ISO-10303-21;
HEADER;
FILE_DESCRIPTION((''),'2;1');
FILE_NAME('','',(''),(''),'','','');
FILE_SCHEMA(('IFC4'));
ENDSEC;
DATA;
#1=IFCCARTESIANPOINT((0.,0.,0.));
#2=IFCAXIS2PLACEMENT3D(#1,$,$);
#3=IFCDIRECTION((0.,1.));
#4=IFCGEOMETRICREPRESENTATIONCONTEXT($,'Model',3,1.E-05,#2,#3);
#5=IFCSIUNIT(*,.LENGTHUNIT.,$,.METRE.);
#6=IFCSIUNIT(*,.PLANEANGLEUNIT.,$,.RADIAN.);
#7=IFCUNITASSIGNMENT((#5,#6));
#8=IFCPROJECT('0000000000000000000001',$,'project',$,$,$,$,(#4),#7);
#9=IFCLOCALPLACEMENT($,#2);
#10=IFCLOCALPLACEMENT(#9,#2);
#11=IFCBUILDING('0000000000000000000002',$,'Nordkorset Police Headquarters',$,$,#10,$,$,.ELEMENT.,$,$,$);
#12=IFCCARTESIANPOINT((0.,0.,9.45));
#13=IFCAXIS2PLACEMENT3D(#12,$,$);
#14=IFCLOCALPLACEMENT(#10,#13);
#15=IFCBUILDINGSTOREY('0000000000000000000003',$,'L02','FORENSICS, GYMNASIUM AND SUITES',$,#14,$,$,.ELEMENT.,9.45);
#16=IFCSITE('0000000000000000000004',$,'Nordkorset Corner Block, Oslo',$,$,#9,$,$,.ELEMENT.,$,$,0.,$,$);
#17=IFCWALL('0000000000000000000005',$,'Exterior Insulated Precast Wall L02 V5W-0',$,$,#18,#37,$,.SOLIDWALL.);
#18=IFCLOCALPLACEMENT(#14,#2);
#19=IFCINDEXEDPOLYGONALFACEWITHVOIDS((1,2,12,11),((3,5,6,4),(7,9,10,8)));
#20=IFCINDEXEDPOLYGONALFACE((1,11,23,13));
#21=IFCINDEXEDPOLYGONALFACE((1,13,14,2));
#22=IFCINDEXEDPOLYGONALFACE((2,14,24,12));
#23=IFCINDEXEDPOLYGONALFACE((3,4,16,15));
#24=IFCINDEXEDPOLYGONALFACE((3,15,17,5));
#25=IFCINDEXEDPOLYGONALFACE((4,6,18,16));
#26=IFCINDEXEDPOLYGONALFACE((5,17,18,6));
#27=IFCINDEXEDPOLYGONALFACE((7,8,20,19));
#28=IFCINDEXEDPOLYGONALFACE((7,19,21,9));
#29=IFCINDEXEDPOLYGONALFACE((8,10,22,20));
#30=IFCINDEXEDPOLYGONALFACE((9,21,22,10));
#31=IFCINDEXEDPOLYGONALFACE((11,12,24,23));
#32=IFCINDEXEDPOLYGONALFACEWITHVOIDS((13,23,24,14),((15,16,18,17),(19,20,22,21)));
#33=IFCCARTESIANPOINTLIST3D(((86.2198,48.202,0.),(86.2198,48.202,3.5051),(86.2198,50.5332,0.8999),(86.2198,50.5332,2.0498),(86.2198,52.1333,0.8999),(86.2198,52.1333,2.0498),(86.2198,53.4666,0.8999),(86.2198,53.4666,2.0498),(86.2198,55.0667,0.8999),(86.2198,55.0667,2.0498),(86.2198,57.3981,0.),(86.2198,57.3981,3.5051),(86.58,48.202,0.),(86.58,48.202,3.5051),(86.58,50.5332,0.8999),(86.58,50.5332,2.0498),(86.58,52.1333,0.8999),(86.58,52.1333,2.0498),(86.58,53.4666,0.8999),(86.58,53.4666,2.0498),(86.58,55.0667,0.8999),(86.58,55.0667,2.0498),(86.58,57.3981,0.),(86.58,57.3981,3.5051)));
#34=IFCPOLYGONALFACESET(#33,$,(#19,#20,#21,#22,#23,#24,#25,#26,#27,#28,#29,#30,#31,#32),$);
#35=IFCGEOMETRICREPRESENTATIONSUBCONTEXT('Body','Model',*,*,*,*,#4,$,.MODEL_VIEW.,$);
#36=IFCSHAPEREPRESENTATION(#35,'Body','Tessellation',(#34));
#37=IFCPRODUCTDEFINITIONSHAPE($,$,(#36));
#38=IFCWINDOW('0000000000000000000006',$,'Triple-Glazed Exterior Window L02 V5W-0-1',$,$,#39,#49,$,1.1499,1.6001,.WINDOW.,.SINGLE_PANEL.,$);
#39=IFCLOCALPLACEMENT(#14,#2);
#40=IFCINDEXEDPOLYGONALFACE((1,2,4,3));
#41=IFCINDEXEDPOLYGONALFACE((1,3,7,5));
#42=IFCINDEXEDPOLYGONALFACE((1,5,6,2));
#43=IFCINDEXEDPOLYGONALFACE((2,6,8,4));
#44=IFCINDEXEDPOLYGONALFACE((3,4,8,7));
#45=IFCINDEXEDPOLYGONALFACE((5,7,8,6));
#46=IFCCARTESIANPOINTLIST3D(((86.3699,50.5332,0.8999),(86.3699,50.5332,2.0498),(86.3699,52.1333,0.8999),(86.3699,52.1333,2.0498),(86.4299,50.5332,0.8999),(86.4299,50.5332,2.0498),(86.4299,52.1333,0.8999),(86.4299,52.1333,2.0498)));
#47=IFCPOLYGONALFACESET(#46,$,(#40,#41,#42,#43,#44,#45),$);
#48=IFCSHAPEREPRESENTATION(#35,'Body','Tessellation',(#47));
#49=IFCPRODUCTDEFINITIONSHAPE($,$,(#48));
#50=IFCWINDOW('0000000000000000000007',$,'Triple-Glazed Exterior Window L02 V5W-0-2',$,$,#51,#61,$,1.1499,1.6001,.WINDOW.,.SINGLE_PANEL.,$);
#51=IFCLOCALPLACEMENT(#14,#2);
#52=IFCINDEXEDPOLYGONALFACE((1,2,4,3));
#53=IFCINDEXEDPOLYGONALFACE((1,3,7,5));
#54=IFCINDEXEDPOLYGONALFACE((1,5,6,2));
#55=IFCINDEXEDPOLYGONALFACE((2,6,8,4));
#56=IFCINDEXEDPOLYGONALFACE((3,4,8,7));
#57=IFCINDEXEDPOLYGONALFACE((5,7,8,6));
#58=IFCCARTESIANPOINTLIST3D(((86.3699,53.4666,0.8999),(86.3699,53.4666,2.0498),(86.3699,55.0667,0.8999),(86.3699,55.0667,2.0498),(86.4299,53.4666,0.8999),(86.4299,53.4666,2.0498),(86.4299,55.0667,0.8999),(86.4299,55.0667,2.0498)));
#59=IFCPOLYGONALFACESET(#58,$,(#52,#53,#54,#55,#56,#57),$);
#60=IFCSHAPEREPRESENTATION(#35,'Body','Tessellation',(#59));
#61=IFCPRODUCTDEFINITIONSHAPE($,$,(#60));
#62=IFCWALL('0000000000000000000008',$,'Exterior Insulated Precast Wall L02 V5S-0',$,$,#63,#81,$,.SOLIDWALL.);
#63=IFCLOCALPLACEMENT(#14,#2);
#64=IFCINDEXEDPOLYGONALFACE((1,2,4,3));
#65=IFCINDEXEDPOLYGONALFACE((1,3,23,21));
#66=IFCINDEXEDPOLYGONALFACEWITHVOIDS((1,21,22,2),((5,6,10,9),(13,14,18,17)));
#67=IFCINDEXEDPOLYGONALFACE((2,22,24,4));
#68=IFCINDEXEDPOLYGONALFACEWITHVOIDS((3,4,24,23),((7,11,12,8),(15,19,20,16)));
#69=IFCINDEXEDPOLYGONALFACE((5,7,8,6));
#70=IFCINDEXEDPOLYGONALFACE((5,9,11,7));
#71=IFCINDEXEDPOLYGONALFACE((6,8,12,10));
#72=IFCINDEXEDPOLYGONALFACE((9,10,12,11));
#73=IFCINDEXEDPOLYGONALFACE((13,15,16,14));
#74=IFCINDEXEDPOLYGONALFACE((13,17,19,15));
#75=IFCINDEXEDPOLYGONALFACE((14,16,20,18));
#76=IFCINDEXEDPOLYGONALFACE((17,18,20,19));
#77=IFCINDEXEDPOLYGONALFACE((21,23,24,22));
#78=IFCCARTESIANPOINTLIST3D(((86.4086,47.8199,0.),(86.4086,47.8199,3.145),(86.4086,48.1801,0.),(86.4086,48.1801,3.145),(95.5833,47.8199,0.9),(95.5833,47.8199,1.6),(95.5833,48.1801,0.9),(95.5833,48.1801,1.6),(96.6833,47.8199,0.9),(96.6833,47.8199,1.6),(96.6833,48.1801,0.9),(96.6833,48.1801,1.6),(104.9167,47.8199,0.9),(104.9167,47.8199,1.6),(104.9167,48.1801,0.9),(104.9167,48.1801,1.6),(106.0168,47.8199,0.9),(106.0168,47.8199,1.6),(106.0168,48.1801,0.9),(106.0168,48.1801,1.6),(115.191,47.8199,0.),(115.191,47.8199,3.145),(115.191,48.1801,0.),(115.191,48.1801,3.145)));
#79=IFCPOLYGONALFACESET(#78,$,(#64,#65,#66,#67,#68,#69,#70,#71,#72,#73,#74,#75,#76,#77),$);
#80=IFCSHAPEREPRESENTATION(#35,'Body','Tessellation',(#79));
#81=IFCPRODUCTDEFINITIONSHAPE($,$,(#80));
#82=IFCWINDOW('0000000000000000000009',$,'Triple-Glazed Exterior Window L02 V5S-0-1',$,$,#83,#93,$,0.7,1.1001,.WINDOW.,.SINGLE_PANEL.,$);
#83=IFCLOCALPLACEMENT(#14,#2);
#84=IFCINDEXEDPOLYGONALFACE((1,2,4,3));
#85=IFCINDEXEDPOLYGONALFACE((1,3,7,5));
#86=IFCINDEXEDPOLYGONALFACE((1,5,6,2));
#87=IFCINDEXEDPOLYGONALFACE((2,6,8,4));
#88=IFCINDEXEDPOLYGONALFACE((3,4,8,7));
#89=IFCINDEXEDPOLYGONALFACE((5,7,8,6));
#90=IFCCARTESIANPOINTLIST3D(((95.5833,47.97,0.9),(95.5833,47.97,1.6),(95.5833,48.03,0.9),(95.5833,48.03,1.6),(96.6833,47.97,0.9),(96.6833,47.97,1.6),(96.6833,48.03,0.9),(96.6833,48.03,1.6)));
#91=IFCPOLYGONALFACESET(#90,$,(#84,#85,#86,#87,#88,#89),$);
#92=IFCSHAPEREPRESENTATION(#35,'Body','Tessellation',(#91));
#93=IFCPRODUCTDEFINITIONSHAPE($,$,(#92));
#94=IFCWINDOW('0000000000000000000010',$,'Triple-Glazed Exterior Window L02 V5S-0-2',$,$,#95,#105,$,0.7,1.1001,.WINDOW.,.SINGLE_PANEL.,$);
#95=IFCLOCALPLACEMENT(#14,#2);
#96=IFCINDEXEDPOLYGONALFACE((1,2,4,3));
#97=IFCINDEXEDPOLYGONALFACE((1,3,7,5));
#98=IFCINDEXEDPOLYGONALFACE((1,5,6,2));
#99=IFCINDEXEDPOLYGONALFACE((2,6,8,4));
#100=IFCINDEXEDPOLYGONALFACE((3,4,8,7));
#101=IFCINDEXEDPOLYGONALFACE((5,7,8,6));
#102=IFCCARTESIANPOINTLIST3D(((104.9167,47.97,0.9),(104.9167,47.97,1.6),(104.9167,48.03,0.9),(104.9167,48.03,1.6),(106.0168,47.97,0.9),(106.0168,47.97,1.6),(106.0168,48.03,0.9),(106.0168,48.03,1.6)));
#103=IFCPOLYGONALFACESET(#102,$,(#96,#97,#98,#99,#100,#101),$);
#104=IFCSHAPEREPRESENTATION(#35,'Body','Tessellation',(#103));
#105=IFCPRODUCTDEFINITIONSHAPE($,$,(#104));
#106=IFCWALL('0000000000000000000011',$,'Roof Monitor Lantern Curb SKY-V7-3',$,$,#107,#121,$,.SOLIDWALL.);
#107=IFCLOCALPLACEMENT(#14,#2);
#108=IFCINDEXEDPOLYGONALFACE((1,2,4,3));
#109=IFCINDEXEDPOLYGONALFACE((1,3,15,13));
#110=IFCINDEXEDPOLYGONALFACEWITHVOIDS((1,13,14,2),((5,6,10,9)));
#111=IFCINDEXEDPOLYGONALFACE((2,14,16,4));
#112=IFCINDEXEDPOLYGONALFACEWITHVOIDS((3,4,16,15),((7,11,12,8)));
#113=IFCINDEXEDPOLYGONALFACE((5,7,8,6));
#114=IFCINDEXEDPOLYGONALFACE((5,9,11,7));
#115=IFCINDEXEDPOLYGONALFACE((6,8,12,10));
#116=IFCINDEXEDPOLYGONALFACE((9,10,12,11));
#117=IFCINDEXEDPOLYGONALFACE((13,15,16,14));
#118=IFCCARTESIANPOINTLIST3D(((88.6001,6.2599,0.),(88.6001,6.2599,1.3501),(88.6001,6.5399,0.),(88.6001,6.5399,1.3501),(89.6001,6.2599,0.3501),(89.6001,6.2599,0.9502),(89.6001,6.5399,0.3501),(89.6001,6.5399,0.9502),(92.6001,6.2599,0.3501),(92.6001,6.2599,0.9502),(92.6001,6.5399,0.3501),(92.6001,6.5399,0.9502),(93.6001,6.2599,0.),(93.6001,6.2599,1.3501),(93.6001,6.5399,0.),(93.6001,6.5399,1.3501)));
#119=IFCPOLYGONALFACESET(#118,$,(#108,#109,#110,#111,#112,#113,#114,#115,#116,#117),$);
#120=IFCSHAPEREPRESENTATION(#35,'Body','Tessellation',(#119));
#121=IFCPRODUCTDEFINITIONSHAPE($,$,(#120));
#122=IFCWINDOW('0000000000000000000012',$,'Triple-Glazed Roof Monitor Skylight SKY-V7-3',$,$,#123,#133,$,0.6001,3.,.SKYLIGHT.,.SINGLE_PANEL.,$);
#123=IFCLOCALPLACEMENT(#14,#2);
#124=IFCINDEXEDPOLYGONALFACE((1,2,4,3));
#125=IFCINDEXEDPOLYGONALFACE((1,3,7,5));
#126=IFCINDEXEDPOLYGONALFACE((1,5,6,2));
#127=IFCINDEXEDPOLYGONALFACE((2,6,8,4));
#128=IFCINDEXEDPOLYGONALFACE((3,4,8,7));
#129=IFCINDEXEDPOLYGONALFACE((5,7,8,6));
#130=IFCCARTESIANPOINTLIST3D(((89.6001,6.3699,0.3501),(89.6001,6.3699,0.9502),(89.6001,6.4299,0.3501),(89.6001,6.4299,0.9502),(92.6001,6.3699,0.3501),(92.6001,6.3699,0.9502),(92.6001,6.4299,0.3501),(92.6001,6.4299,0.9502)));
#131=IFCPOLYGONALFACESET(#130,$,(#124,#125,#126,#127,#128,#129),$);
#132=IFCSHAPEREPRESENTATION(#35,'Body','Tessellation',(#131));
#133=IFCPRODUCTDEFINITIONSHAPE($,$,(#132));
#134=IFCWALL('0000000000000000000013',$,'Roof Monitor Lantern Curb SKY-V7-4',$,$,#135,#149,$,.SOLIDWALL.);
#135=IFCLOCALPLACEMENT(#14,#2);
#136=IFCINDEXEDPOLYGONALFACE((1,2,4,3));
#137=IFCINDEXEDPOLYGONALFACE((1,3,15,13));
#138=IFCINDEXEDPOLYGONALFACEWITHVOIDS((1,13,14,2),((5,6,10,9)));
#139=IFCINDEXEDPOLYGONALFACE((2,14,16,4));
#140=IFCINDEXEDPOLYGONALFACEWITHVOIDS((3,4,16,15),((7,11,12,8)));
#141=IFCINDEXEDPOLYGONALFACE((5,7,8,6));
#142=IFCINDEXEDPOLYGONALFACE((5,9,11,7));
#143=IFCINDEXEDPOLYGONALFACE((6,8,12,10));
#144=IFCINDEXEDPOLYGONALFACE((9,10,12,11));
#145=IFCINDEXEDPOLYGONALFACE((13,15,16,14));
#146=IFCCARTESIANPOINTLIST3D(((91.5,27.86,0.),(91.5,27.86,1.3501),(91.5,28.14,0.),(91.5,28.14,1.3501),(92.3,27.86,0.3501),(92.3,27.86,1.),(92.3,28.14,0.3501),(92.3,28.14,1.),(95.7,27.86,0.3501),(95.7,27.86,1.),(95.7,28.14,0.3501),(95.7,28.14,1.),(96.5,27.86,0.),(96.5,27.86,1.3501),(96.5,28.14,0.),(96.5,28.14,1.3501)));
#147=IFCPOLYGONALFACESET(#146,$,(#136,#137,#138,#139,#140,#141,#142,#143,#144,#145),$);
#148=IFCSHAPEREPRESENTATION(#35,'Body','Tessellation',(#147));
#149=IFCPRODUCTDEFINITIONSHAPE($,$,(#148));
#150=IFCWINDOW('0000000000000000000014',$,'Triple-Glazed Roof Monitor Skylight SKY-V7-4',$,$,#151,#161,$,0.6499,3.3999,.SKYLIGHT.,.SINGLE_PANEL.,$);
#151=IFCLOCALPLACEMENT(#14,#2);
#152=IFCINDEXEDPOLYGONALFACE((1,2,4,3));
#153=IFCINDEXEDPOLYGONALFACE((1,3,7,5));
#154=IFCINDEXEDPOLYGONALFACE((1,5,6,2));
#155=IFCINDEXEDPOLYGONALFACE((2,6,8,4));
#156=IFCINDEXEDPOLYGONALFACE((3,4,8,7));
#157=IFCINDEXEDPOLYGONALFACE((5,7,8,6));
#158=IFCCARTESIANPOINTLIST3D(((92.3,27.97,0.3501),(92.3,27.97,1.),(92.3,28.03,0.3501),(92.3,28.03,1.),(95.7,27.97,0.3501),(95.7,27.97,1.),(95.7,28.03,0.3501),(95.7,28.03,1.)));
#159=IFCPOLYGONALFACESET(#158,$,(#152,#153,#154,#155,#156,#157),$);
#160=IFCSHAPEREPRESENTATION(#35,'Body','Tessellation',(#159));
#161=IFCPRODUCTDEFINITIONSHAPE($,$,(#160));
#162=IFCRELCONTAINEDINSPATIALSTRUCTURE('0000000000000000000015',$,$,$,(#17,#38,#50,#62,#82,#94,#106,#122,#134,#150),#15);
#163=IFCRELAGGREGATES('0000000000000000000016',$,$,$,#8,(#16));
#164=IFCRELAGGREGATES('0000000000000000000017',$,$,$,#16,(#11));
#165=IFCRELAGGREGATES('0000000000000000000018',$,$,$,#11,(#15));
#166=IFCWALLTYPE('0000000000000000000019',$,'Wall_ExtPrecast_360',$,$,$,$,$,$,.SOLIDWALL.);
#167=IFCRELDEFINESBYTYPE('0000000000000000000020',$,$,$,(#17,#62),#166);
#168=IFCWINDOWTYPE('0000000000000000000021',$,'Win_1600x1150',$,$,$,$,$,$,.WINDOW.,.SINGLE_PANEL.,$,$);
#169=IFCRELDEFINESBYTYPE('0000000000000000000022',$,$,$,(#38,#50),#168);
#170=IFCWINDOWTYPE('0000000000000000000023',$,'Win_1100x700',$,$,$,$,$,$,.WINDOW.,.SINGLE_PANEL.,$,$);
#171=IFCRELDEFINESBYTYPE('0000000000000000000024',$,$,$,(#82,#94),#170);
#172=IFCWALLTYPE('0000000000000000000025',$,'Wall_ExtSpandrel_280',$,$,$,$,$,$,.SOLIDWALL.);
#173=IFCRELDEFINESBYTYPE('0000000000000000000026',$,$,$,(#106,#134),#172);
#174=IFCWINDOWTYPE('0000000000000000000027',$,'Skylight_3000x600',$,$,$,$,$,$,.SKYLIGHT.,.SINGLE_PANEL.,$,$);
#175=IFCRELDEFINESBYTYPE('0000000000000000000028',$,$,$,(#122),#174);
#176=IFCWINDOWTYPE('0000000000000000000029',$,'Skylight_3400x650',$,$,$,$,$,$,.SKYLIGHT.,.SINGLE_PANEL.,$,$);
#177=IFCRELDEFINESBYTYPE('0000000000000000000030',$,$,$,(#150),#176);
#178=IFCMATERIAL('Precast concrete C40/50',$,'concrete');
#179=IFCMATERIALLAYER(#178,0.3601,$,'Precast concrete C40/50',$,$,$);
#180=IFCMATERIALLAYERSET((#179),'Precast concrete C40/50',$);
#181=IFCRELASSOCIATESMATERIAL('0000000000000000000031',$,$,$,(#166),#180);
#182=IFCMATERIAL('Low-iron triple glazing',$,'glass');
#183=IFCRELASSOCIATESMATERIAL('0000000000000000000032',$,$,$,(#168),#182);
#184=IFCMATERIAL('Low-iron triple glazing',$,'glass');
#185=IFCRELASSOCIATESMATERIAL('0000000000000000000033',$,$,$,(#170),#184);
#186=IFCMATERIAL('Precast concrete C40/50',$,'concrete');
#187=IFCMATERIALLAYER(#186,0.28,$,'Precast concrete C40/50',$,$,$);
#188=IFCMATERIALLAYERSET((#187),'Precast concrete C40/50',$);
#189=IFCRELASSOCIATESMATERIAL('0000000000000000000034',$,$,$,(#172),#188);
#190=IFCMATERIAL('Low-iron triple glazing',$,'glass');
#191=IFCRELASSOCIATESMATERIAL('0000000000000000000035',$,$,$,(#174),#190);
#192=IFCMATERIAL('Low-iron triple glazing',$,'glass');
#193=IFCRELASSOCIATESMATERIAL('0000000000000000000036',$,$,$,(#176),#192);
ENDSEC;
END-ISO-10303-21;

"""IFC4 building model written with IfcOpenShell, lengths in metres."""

from ifc_helpers import new_model, si_unit, direction, frame, frame_2d, origin, place, context, subcontext, project, spatial, rectangle, extrude, material, layer, layer_set, type_object, element, fill, save


model = new_model("IFC4")

# Units and contexts
model_context = context("Model", 3, precision=1e-05, world=origin(), true_north=direction((0.0, 1.0)))
body_context = subcontext(model_context, "Body", "Model", "MODEL_VIEW")
ifc_project = project(units=[si_unit("LENGTHUNIT", "METRE"), si_unit("PLANEANGLEUNIT", "RADIAN")], contexts=[model_context])

# Site, building, storey
site_placement = place(None, origin())
site = spatial("IfcSite", under=ifc_project, at=site_placement, Name="Nordkorset Corner Block, Oslo", CompositionType="ELEMENT", RefElevation=0.0)
building_placement = place(site_placement, origin())
building = spatial("IfcBuilding", under=site, at=building_placement, Name="Nordkorset Police Headquarters", CompositionType="ELEMENT")
storey_placement = place(building_placement, frame((0.0, 0.0, 9.45)))
storey = spatial("IfcBuildingStorey", under=building, at=storey_placement, Name="L02", Description="FORENSICS, GYMNASIUM AND SUITES", CompositionType="ELEMENT", Elevation=9.45)

# Walls, openings, windows
ifc_material_1 = material(Name="Precast concrete C40/50", Category="concrete")
ifc_layer_1 = layer(ifc_material_1, 0.3601, Name="Precast concrete C40/50")
ifc_layer_set_1 = layer_set([ifc_layer_1], Name="Precast concrete C40/50")
wall_type_1 = type_object("IfcWallType", Name="Wall_ExtPrecast_360", PredefinedType="SOLIDWALL", material=ifc_layer_set_1)
wall_1_placement = place(storey_placement, frame((86.3999, 48.2019, 0.0), z_axis=(0.0, 0.0, 1.0), x_axis=(0.0, 1.0, 0.0)))
wall_1 = element("IfcWall", 1, at=wall_1_placement, inside=storey, type_object=wall_type_1, Name="Exterior Insulated Precast Wall L02 V5W-0", PredefinedType="SOLIDWALL", context=body_context, shape_type="SweptSolid", body=[
    extrude(rectangle(XDim=9.196, YDim=0.3601, at=frame_2d((4.5981, 0.0))), origin(), (0.0, 0.0, 1.0), 3.5051),
])
opening_1_placement = place(wall_1_placement, frame((2.3313, 0.0, 0.8999)))
opening_1 = element("IfcOpeningElement", 2, at=opening_1_placement, cuts=wall_1, PredefinedType="OPENING", context=body_context, shape_type="SweptSolid", body=[
    extrude(rectangle(XDim=1.6001, YDim=1.1499, at=frame_2d((0.8, 0.575))), frame((0.0, 0.1899, 0.0), z_axis=(0.0, -1.0, 0.0), x_axis=(1.0, 0.0, 0.0)), (0.0, 0.0, 1.0), 0.3801),
])
opening_2_placement = place(wall_1_placement, frame((5.2646, 0.0, 0.8999)))
opening_2 = element("IfcOpeningElement", 3, at=opening_2_placement, cuts=wall_1, PredefinedType="OPENING", context=body_context, shape_type="SweptSolid", body=[
    extrude(rectangle(XDim=1.6001, YDim=1.1499, at=frame_2d((0.8, 0.575))), frame((0.0, 0.1899, 0.0), z_axis=(0.0, -1.0, 0.0), x_axis=(1.0, 0.0, 0.0)), (0.0, 0.0, 1.0), 0.3801),
])
ifc_material_2 = material(Name="Low-iron triple glazing", Category="glass")
window_type_1 = type_object("IfcWindowType", Name="Win_1600x1150", PartitioningType="SINGLE_PANEL", PredefinedType="WINDOW", material=ifc_material_2)
window_1_placement = place(opening_1_placement, origin())
window_1 = element("IfcWindow", 4, at=window_1_placement, inside=storey, type_object=window_type_1, Name="Triple-Glazed Exterior Window L02 V5W-0-1", OverallHeight=1.1499, OverallWidth=1.6001, PartitioningType="SINGLE_PANEL", PredefinedType="WINDOW", context=body_context, shape_type="SweptSolid", body=[
    extrude(rectangle(XDim=1.6001, YDim=1.1499, at=frame_2d((0.8, 0.575))), frame((0.0, 0.03, 0.0), z_axis=(0.0, -1.0, 0.0), x_axis=(1.0, 0.0, 0.0)), (0.0, 0.0, 1.0), 0.0601),
])
fill(opening_1, window_1)
window_2_placement = place(opening_2_placement, origin())
window_2 = element("IfcWindow", 5, at=window_2_placement, inside=storey, type_object=window_type_1, Name="Triple-Glazed Exterior Window L02 V5W-0-2", OverallHeight=1.1499, OverallWidth=1.6001, PartitioningType="SINGLE_PANEL", PredefinedType="WINDOW", context=body_context, shape_type="SweptSolid", body=[
    extrude(rectangle(XDim=1.6001, YDim=1.1499, at=frame_2d((0.8, 0.575))), frame((0.0, 0.03, 0.0), z_axis=(0.0, -1.0, 0.0), x_axis=(1.0, 0.0, 0.0)), (0.0, 0.0, 1.0), 0.0601),
])
fill(opening_2, window_2)
wall_2_placement = place(storey_placement, frame((86.4087, 48.0, 0.0), z_axis=(0.0, 0.0, 1.0), x_axis=(1.0, 0.0, 0.0)))
wall_2 = element("IfcWall", 6, at=wall_2_placement, inside=storey, type_object=wall_type_1, Name="Exterior Insulated Precast Wall L02 V5S-0", PredefinedType="SOLIDWALL", context=body_context, shape_type="SweptSolid", body=[
    extrude(rectangle(XDim=28.7825, YDim=0.3601, at=frame_2d((14.3911, 0.0))), origin(), (0.0, 0.0, 1.0), 3.145),
])
opening_3_placement = place(wall_2_placement, frame((9.1746, 0.0, 0.8999)))
opening_3 = element("IfcOpeningElement", 7, at=opening_3_placement, cuts=wall_2, PredefinedType="OPENING", context=body_context, shape_type="SweptSolid", body=[
    extrude(rectangle(XDim=1.1001, YDim=0.7, at=frame_2d((0.55, 0.3501))), frame((0.0, 0.1899, 0.0), z_axis=(0.0, -1.0, 0.0), x_axis=(1.0, 0.0, 0.0)), (0.0, 0.0, 1.0), 0.3801),
])
opening_4_placement = place(wall_2_placement, frame((18.5081, 0.0, 0.8999)))
opening_4 = element("IfcOpeningElement", 8, at=opening_4_placement, cuts=wall_2, PredefinedType="OPENING", context=body_context, shape_type="SweptSolid", body=[
    extrude(rectangle(XDim=1.1001, YDim=0.7, at=frame_2d((0.55, 0.3501))), frame((0.0, 0.1899, 0.0), z_axis=(0.0, -1.0, 0.0), x_axis=(1.0, 0.0, 0.0)), (0.0, 0.0, 1.0), 0.3801),
])
ifc_material_3 = material(Name="Low-iron triple glazing", Category="glass")
window_type_2 = type_object("IfcWindowType", Name="Win_1100x700", PartitioningType="SINGLE_PANEL", PredefinedType="WINDOW", material=ifc_material_3)
window_3_placement = place(opening_3_placement, origin())
window_3 = element("IfcWindow", 9, at=window_3_placement, inside=storey, type_object=window_type_2, Name="Triple-Glazed Exterior Window L02 V5S-0-1", OverallHeight=0.7, OverallWidth=1.1001, PartitioningType="SINGLE_PANEL", PredefinedType="WINDOW", context=body_context, shape_type="SweptSolid", body=[
    extrude(rectangle(XDim=1.1001, YDim=0.7, at=frame_2d((0.55, 0.3501))), frame((0.0, 0.03, 0.0), z_axis=(0.0, -1.0, 0.0), x_axis=(1.0, 0.0, 0.0)), (0.0, 0.0, 1.0), 0.0601),
])
fill(opening_3, window_3)
window_4_placement = place(opening_4_placement, origin())
window_4 = element("IfcWindow", 10, at=window_4_placement, inside=storey, type_object=window_type_2, Name="Triple-Glazed Exterior Window L02 V5S-0-2", OverallHeight=0.7, OverallWidth=1.1001, PartitioningType="SINGLE_PANEL", PredefinedType="WINDOW", context=body_context, shape_type="SweptSolid", body=[
    extrude(rectangle(XDim=1.1001, YDim=0.7, at=frame_2d((0.55, 0.3501))), frame((0.0, 0.03, 0.0), z_axis=(0.0, -1.0, 0.0), x_axis=(1.0, 0.0, 0.0)), (0.0, 0.0, 1.0), 0.0601),
])
fill(opening_4, window_4)

# Walls, openings, windows
ifc_material_4 = material(Name="Precast concrete C40/50", Category="concrete")
ifc_layer_2 = layer(ifc_material_4, 0.28, Name="Precast concrete C40/50")
ifc_layer_set_2 = layer_set([ifc_layer_2], Name="Precast concrete C40/50")
wall_type_2 = type_object("IfcWallType", Name="Wall_ExtSpandrel_280", PredefinedType="SOLIDWALL", material=ifc_layer_set_2)
wall_3_placement = place(storey_placement, frame((88.6001, 6.3999, 0.0), z_axis=(0.0, 0.0, 1.0), x_axis=(1.0, 0.0, 0.0)))
wall_3 = element("IfcWall", 11, at=wall_3_placement, inside=storey, type_object=wall_type_2, Name="Roof Monitor Lantern Curb SKY-V7-3", PredefinedType="SOLIDWALL", context=body_context, shape_type="SweptSolid", body=[
    extrude(rectangle(XDim=5.0, YDim=0.28, at=frame_2d((2.5, 0.0))), origin(), (0.0, 0.0, 1.0), 1.3501),
])
opening_5_placement = place(wall_3_placement, frame((1.0, 0.0, 0.3501)))
opening_5 = element("IfcOpeningElement", 12, at=opening_5_placement, cuts=wall_3, PredefinedType="OPENING", context=body_context, shape_type="SweptSolid", body=[
    extrude(rectangle(XDim=3.0, YDim=0.6001, at=frame_2d((1.5, 0.3))), frame((0.0, 0.1499, 0.0), z_axis=(0.0, -1.0, 0.0), x_axis=(1.0, 0.0, 0.0)), (0.0, 0.0, 1.0), 0.3),
])
ifc_material_5 = material(Name="Low-iron triple glazing", Category="glass")
window_type_3 = type_object("IfcWindowType", Name="Skylight_3000x600", PartitioningType="SINGLE_PANEL", PredefinedType="SKYLIGHT", material=ifc_material_5)
window_5_placement = place(opening_5_placement, origin())
window_5 = element("IfcWindow", 13, at=window_5_placement, inside=storey, type_object=window_type_3, Name="Triple-Glazed Roof Monitor Skylight SKY-V7-3", OverallHeight=0.6001, OverallWidth=3.0, PartitioningType="SINGLE_PANEL", PredefinedType="SKYLIGHT", context=body_context, shape_type="SweptSolid", body=[
    extrude(rectangle(XDim=3.0, YDim=0.6001, at=frame_2d((1.5, 0.3))), frame((0.0, 0.03, 0.0), z_axis=(0.0, -1.0, 0.0), x_axis=(1.0, 0.0, 0.0)), (0.0, 0.0, 1.0), 0.0601),
])
fill(opening_5, window_5)
wall_4_placement = place(storey_placement, frame((91.5, 28.0, 0.0), z_axis=(0.0, 0.0, 1.0), x_axis=(1.0, 0.0, 0.0)))
wall_4 = element("IfcWall", 14, at=wall_4_placement, inside=storey, type_object=wall_type_2, Name="Roof Monitor Lantern Curb SKY-V7-4", PredefinedType="SOLIDWALL", context=body_context, shape_type="SweptSolid", body=[
    extrude(rectangle(XDim=5.0, YDim=0.28, at=frame_2d((2.5, 0.0))), origin(), (0.0, 0.0, 1.0), 1.3501),
])
opening_6_placement = place(wall_4_placement, frame((0.8, 0.0, 0.3501)))
opening_6 = element("IfcOpeningElement", 15, at=opening_6_placement, cuts=wall_4, PredefinedType="OPENING", context=body_context, shape_type="SweptSolid", body=[
    extrude(rectangle(XDim=3.3999, YDim=0.6499, at=frame_2d((1.7, 0.325))), frame((0.0, 0.1499, 0.0), z_axis=(0.0, -1.0, 0.0), x_axis=(1.0, 0.0, 0.0)), (0.0, 0.0, 1.0), 0.3),
])
ifc_material_6 = material(Name="Low-iron triple glazing", Category="glass")
window_type_4 = type_object("IfcWindowType", Name="Skylight_3400x650", PartitioningType="SINGLE_PANEL", PredefinedType="SKYLIGHT", material=ifc_material_6)
window_6_placement = place(opening_6_placement, origin())
window_6 = element("IfcWindow", 16, at=window_6_placement, inside=storey, type_object=window_type_4, Name="Triple-Glazed Roof Monitor Skylight SKY-V7-4", OverallHeight=0.6499, OverallWidth=3.3999, PartitioningType="SINGLE_PANEL", PredefinedType="SKYLIGHT", context=body_context, shape_type="SweptSolid", body=[
    extrude(rectangle(XDim=3.3999, YDim=0.6499, at=frame_2d((1.7, 0.325))), frame((0.0, 0.03, 0.0), z_axis=(0.0, -1.0, 0.0), x_axis=(1.0, 0.0, 0.0)), (0.0, 0.0, 1.0), 0.0601),
])
fill(opening_6, window_6)

save(model, "model.ifc")
